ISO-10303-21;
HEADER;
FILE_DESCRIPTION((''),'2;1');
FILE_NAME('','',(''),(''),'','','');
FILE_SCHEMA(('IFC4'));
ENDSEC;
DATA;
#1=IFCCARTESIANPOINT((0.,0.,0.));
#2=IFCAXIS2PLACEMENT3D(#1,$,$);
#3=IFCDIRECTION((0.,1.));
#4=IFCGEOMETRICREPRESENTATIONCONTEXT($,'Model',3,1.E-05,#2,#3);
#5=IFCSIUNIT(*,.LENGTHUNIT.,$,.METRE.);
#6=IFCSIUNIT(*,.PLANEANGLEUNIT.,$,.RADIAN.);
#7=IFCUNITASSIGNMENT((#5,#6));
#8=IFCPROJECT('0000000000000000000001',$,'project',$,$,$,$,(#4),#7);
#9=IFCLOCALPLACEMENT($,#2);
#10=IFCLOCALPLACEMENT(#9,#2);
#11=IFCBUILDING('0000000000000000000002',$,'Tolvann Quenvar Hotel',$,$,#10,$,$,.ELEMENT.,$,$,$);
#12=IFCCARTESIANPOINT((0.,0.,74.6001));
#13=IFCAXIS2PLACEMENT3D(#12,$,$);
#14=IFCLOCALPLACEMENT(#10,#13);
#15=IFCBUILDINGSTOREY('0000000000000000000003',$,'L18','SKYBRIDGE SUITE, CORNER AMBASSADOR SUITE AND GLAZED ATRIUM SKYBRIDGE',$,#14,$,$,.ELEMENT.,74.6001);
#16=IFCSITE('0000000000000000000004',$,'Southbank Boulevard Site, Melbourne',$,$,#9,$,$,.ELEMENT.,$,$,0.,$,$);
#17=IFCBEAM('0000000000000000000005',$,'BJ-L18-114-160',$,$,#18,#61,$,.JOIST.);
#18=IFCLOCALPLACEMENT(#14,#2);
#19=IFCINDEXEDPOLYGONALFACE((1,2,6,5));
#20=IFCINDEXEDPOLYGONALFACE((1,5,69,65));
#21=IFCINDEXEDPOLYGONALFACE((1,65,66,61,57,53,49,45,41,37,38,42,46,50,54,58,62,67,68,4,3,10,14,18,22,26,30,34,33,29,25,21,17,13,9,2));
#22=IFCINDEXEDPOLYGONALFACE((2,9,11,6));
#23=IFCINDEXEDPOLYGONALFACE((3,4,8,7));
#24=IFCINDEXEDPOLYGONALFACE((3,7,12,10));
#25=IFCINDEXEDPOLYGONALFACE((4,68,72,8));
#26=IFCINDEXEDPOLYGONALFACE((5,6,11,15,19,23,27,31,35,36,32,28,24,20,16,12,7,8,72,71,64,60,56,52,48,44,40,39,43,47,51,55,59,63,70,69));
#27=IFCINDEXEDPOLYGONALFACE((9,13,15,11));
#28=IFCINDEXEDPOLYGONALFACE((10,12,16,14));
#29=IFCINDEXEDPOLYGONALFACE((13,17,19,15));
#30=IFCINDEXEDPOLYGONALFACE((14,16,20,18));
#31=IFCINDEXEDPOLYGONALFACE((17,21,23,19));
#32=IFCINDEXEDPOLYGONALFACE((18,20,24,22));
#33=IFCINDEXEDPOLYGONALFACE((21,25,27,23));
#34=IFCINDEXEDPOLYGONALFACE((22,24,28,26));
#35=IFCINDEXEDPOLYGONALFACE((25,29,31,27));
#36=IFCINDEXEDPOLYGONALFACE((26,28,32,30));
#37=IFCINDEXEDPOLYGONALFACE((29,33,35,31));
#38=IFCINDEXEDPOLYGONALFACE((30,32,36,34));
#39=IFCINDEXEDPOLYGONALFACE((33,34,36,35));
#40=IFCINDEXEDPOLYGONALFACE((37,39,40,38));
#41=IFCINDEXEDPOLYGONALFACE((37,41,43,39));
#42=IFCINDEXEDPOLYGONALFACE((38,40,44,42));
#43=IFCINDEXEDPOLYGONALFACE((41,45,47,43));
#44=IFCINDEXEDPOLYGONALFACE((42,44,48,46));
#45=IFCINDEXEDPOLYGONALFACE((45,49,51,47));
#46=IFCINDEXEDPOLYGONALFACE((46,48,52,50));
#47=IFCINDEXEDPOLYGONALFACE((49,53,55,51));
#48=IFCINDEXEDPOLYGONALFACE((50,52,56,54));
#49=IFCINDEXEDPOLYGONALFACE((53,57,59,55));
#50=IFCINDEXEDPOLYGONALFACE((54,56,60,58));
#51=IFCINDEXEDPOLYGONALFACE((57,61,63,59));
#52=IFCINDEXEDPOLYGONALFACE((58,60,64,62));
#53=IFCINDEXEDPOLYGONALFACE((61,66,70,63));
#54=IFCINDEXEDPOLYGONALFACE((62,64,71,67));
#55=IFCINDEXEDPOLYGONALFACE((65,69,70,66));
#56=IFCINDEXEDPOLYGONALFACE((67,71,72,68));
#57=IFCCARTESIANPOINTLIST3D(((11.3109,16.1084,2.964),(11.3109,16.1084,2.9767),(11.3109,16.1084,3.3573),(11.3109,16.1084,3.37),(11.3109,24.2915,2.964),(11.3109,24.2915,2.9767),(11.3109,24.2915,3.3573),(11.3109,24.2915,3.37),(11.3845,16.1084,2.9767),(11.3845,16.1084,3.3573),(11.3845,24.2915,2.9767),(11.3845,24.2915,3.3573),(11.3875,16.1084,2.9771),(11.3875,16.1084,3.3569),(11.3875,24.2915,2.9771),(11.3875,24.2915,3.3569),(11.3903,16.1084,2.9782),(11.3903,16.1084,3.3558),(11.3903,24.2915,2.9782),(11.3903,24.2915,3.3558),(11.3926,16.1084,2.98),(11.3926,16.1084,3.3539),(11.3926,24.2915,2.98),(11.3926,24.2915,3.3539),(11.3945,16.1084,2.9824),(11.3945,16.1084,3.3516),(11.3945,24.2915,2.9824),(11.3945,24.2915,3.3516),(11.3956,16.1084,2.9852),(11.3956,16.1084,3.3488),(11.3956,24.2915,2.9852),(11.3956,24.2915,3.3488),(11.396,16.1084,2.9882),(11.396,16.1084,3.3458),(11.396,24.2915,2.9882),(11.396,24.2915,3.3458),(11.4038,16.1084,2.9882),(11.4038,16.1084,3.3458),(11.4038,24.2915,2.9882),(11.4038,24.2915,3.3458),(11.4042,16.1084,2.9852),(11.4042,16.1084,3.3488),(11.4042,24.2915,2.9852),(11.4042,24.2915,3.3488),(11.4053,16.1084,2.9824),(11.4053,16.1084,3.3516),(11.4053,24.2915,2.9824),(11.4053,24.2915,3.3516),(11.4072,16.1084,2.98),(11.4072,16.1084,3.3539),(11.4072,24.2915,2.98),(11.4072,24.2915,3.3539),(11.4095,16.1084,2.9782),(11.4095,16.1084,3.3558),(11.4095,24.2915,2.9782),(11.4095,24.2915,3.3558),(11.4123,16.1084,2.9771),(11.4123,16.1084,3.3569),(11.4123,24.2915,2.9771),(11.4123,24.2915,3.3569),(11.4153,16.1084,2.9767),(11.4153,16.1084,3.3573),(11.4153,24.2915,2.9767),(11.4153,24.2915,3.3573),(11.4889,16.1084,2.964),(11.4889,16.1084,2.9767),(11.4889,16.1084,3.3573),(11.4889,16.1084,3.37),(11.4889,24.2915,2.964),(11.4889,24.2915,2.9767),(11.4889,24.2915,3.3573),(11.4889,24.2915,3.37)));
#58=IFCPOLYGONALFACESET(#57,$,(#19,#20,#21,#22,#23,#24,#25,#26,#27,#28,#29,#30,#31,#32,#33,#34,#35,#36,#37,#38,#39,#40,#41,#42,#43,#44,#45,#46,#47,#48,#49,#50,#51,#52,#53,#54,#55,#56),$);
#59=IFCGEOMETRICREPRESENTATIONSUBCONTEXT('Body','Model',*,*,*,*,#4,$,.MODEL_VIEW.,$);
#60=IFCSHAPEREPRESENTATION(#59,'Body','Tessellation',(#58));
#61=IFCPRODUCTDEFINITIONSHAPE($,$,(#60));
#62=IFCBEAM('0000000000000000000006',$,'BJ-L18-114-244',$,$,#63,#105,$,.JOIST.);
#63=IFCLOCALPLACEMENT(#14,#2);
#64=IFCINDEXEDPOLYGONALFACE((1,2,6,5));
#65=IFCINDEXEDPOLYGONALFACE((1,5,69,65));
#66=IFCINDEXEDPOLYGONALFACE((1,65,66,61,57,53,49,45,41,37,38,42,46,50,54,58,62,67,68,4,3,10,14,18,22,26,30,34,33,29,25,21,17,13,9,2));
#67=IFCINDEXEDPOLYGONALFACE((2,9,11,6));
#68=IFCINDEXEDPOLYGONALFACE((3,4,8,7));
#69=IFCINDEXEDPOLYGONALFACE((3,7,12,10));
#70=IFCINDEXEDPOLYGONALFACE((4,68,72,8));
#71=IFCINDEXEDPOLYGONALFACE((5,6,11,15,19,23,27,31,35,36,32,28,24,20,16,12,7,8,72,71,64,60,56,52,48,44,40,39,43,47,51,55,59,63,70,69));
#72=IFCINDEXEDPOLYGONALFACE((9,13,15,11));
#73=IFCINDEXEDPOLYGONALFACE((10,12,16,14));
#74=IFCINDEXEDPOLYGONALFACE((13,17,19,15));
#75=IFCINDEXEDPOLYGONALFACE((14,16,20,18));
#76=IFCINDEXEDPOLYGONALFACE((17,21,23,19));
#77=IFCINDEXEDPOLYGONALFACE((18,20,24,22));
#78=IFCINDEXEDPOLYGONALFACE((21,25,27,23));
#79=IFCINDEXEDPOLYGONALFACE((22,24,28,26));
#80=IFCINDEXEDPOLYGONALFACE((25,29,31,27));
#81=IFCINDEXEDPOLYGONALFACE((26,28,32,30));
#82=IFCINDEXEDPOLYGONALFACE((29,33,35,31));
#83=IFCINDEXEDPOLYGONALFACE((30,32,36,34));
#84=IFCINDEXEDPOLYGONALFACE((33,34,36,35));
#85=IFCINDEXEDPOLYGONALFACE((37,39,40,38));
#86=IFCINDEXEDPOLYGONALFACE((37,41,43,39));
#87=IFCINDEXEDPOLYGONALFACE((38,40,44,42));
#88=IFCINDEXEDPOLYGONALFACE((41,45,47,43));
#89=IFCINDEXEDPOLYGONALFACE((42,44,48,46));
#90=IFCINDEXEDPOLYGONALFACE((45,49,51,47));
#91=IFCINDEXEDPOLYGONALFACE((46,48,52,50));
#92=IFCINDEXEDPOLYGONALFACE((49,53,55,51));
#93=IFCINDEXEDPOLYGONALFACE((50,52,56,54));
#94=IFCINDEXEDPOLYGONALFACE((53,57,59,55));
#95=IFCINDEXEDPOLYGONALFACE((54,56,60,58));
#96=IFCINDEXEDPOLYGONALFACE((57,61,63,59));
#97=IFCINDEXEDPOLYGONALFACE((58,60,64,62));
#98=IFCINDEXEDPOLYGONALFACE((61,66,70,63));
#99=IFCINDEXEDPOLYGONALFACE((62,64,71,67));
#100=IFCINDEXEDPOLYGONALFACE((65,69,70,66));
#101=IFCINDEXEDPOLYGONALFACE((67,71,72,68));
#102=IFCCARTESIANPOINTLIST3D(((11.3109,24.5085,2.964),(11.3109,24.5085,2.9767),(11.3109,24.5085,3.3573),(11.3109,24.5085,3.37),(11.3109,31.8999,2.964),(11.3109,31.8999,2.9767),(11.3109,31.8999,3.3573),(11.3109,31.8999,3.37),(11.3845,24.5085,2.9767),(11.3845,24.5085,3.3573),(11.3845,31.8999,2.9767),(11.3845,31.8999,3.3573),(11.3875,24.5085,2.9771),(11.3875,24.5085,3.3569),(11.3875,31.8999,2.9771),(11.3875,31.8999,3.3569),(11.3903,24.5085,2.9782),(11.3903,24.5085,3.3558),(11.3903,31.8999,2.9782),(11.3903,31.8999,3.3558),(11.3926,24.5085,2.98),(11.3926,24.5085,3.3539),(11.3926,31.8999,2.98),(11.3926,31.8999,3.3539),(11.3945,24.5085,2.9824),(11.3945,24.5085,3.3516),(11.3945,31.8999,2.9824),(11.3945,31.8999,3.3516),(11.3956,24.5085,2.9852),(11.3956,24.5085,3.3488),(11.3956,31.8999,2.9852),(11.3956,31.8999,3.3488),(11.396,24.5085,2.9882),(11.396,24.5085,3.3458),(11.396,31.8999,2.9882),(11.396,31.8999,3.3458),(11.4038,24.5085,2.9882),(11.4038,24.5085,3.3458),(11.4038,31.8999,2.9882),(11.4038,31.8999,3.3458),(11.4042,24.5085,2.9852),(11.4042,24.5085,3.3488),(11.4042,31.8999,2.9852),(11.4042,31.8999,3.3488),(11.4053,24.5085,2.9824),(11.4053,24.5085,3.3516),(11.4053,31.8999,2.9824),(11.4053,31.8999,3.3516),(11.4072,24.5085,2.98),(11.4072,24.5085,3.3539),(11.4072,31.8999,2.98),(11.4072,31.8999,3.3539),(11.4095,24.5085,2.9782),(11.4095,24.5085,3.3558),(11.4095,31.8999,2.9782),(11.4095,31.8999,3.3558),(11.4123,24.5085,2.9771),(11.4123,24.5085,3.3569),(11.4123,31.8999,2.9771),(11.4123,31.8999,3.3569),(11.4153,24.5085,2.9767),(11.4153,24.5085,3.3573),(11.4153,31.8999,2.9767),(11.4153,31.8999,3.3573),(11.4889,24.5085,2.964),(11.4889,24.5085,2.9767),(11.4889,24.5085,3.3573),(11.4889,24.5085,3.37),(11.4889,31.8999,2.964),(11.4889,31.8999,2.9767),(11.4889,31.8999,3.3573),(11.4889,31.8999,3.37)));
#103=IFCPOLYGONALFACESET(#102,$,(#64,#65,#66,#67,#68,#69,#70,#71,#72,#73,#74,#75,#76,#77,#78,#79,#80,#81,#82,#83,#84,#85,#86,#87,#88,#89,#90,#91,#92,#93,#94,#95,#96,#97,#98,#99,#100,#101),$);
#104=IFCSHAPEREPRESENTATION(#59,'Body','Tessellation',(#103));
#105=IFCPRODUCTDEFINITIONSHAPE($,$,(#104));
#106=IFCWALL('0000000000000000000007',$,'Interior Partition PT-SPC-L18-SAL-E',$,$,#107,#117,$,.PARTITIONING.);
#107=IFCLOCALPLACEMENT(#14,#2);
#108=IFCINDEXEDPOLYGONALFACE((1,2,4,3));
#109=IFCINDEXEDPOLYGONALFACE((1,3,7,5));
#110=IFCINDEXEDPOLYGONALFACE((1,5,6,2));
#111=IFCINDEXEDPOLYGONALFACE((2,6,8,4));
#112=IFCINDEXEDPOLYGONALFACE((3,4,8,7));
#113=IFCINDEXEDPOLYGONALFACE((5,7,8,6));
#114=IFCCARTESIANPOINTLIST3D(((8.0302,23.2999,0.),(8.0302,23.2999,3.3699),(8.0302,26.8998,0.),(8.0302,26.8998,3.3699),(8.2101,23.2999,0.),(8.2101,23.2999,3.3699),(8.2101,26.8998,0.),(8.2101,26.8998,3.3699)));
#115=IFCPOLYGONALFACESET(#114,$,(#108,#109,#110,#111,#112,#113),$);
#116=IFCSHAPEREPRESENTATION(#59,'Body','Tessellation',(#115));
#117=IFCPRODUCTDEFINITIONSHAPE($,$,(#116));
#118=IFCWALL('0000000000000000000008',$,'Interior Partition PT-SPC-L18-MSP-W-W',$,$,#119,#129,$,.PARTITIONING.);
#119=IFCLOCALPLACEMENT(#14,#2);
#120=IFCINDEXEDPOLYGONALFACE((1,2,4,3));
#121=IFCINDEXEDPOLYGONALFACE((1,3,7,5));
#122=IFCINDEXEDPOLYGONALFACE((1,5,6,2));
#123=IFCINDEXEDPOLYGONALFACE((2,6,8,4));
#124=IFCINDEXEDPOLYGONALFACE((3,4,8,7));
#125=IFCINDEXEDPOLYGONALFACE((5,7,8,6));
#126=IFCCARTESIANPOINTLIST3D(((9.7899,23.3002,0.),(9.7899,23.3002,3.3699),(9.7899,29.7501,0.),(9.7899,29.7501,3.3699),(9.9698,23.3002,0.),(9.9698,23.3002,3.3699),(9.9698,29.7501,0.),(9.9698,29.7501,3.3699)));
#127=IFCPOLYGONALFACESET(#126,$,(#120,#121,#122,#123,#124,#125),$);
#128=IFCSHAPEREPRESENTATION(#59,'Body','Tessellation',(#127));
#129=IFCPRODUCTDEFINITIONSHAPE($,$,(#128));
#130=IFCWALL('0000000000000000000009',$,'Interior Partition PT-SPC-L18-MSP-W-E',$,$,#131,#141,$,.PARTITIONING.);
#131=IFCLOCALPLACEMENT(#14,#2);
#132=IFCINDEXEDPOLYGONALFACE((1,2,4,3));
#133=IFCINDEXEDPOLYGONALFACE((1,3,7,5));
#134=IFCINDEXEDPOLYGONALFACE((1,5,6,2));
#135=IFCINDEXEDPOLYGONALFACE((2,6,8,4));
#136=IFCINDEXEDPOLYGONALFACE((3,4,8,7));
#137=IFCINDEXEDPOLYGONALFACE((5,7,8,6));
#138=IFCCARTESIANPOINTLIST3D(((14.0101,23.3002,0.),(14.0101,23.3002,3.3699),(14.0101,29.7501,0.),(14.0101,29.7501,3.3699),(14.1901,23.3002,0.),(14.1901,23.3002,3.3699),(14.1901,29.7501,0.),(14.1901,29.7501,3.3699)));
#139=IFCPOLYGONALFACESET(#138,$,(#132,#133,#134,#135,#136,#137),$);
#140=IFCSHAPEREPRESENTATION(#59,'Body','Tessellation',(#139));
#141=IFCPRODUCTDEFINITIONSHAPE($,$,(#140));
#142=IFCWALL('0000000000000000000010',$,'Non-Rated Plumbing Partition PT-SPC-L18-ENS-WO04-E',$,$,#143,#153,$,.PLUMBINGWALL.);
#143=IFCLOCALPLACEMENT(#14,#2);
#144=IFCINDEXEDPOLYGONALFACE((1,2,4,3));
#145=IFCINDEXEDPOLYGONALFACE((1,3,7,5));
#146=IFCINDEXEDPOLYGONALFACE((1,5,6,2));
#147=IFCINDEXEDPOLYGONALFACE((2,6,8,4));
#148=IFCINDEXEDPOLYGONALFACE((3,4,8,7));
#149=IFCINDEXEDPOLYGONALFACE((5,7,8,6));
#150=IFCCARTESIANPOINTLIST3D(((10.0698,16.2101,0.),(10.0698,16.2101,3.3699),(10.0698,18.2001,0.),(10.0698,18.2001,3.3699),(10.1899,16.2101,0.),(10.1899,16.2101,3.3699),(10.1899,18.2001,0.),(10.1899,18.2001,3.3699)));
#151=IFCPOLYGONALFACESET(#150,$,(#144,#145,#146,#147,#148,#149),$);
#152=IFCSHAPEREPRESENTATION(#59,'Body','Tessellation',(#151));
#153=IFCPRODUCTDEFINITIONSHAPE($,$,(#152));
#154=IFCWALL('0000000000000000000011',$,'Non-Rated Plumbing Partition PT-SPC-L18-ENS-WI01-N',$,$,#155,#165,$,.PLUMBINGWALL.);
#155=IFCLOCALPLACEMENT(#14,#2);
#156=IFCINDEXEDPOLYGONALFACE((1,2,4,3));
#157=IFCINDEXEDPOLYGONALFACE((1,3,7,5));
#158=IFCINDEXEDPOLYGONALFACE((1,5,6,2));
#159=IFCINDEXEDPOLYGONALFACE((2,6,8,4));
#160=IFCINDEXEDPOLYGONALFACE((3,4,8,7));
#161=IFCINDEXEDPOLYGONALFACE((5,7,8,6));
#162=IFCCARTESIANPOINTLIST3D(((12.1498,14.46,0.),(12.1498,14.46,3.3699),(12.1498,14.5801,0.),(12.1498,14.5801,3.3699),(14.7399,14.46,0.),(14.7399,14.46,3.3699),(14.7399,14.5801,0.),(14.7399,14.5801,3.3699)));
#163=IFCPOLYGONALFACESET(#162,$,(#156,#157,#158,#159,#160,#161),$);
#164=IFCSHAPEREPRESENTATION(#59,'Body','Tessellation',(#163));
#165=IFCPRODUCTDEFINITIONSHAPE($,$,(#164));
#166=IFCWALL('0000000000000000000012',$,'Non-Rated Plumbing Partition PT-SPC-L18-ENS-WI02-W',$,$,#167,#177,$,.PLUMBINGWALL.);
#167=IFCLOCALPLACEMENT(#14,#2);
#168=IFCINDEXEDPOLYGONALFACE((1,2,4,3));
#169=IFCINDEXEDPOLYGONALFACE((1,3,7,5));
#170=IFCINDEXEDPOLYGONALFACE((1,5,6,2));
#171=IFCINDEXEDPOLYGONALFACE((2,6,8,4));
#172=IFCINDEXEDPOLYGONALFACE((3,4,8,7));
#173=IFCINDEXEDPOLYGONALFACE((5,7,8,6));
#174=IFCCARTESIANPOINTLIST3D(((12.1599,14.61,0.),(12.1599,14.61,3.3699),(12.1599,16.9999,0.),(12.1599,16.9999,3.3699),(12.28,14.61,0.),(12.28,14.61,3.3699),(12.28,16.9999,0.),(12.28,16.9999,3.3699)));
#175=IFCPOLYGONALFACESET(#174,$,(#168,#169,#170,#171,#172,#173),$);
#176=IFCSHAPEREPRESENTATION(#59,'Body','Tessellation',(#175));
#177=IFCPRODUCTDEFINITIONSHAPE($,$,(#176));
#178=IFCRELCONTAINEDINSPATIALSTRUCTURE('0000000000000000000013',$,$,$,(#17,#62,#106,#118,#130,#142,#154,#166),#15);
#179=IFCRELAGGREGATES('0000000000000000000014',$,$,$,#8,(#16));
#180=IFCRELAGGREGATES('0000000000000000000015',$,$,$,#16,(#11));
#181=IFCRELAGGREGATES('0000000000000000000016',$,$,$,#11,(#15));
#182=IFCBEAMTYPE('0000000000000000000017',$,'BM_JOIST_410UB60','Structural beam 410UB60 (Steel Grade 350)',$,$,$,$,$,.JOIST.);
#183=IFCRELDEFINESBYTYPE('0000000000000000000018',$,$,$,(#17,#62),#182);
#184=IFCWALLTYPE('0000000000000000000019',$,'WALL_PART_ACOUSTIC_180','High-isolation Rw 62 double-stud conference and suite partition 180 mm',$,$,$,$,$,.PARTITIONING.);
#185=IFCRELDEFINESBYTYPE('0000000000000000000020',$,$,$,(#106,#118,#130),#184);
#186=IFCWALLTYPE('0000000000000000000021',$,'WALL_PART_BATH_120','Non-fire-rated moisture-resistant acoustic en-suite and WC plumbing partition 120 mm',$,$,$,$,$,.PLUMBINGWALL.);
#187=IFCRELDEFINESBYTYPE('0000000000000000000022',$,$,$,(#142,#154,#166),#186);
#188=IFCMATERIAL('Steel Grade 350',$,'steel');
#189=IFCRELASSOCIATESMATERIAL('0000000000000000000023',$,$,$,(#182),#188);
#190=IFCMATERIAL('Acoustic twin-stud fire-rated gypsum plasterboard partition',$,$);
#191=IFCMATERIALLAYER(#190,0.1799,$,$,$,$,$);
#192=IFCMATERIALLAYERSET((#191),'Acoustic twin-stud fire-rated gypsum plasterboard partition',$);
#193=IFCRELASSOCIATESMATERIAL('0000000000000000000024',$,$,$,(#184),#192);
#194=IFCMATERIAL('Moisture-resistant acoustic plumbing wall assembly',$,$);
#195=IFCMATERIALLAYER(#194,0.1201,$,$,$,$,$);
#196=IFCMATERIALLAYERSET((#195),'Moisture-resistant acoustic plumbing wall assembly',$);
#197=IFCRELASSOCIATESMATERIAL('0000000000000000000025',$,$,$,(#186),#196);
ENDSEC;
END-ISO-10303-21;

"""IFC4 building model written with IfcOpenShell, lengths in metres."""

from ifc_helpers import new_model, si_unit, direction, frame, frame_2d, origin, origin_2d, place, context, subcontext, project, spatial, rectangle, i_section, extrude, source, transform, mapped, material, layer, layer_set, material_profile, profile_set, type_object, type_shapes, element, save


model = new_model("IFC4")

# Units and contexts
model_context = context("Model", 3, precision=1e-05, world=origin(), true_north=direction((0.0, 1.0)))
body_context = subcontext(model_context, "Body", "Model", "MODEL_VIEW")
ifc_project = project(units=[si_unit("LENGTHUNIT", "METRE"), si_unit("PLANEANGLEUNIT", "RADIAN")], contexts=[model_context])

# Site, building, storey
site_placement = place(None, origin())
site = spatial("IfcSite", under=ifc_project, at=site_placement, Name="Southbank Boulevard Site, Melbourne", CompositionType="ELEMENT", RefElevation=0.0)
building_placement = place(site_placement, origin())
building = spatial("IfcBuilding", under=site, at=building_placement, Name="Tolvann Quenvar Hotel", CompositionType="ELEMENT")
storey_placement = place(building_placement, frame((0.0, 0.0, 74.6001)))
storey = spatial("IfcBuildingStorey", under=building, at=storey_placement, Name="L18", Description="SKYBRIDGE SUITE, CORNER AMBASSADOR SUITE AND GLAZED ATRIUM SKYBRIDGE", CompositionType="ELEMENT", Elevation=74.6001)

# Beams
ifc_material_1 = material(Name="Steel Grade 350", Category="steel")
ifc_material_profile = material_profile(ifc_material_1, i_section(OverallWidth=0.178, OverallDepth=0.406, WebThickness=0.0078, FlangeThickness=0.0127, FilletRadius=0.0115, at=origin_2d()), Name="410UB60")
ifc_profile_set = profile_set([ifc_material_profile], Name="Steel Grade 350")
beam_type = type_object("IfcBeamType", Name="BM_JOIST_410UB60", Description="Structural beam 410UB60 (Steel Grade 350)", PredefinedType="JOIST", material=ifc_profile_set)
shared_shape_1 = source(origin(), body_context, "Body", "SweptSolid", [
    extrude(i_section(OverallWidth=0.178, OverallDepth=0.406, WebThickness=0.0078, FlangeThickness=0.0127, FilletRadius=0.0115, at=origin_2d()), origin(), (0.0, 0.0, 1.0), 8.1831),
])
beam_1_placement = place(storey_placement, frame((11.3999, 16.1084, 3.167), z_axis=(0.0, 1.0, 0.0), x_axis=(-1.0, 0.0, 0.0)))
element("IfcBeam", 1, at=beam_1_placement, inside=storey, type_object=beam_type, Name="BJ-L18-114-160", PredefinedType="JOIST", context=body_context, shape_type="MappedRepresentation", body=[
    mapped(shared_shape_1, transform((0.0, 0.0, 0.0), x_axis=(1.0, 0.0, 0.0), y_axis=(0.0, 1.0, 0.0), z_axis=(0.0, 0.0, 1.0), scale=1.0)),
])
shared_shape_2 = source(origin(), body_context, "Body", "SweptSolid", [
    extrude(i_section(OverallWidth=0.178, OverallDepth=0.406, WebThickness=0.0078, FlangeThickness=0.0127, FilletRadius=0.0115, at=origin_2d()), origin(), (0.0, 0.0, 1.0), 7.3914),
])
type_shapes(beam_type, [shared_shape_1, shared_shape_2])
beam_2_placement = place(storey_placement, frame((11.3999, 24.5085, 3.167), z_axis=(0.0, 1.0, 0.0), x_axis=(-1.0, 0.0, 0.0)))
element("IfcBeam", 2, at=beam_2_placement, inside=storey, type_object=beam_type, Name="BJ-L18-114-244", PredefinedType="JOIST", context=body_context, shape_type="MappedRepresentation", body=[
    mapped(shared_shape_2, transform((0.0, 0.0, 0.0), x_axis=(1.0, 0.0, 0.0), y_axis=(0.0, 1.0, 0.0), z_axis=(0.0, 0.0, 1.0), scale=1.0)),
])

# Wall
ifc_material_2 = material(Name="Acoustic twin-stud fire-rated gypsum plasterboard partition")
ifc_layer_1 = layer(ifc_material_2, 0.1799)
ifc_layer_set_1 = layer_set([ifc_layer_1], Name="Acoustic twin-stud fire-rated gypsum plasterboard partition")
wall_type_1 = type_object("IfcWallType", Name="WALL_PART_ACOUSTIC_180", Description="High-isolation Rw 62 double-stud conference and suite partition 180 mm", PredefinedType="PARTITIONING", material=ifc_layer_set_1)
wall_1_placement = place(storey_placement, frame((8.1201, 23.3, 0.0), z_axis=(0.0, 0.0, 1.0), x_axis=(0.0, 1.0, 0.0)))
element("IfcWall", 3, at=wall_1_placement, inside=storey, type_object=wall_type_1, Name="Interior Partition PT-SPC-L18-SAL-E", PredefinedType="PARTITIONING", context=body_context, shape_type="SweptSolid", body=[
    extrude(rectangle(XDim=3.5999, YDim=0.1799, at=frame_2d((1.7998, 0.0))), origin(), (0.0, 0.0, 1.0), 3.3699),
])

# Walls
for number, where, z_axis, x_axis, name in (
    (4, (9.8799, 23.3, 0.0), (0.0, 0.0, 1.0), (0.0, 1.0, 0.0), "Interior Partition PT-SPC-L18-MSP-W-W"),
    (5, (14.1001, 23.3, 0.0), (0.0, 0.0, 1.0), (0.0, 1.0, 0.0), "Interior Partition PT-SPC-L18-MSP-W-E"),
):
    element("IfcWall", number, at=place(storey_placement, frame(where, z_axis=z_axis, x_axis=x_axis)), inside=storey, type_object=wall_type_1, Name=name, PredefinedType="PARTITIONING", context=body_context, shape_type="SweptSolid", body=[
        extrude(rectangle(XDim=6.45, YDim=0.1799, at=frame_2d((3.2251, 0.0))), origin(), (0.0, 0.0, 1.0), 3.3699),
    ])
ifc_material_3 = material(Name="Moisture-resistant acoustic plumbing wall assembly")
ifc_layer_2 = layer(ifc_material_3, 0.1201)
ifc_layer_set_2 = layer_set([ifc_layer_2], Name="Moisture-resistant acoustic plumbing wall assembly")
wall_type_2 = type_object("IfcWallType", Name="WALL_PART_BATH_120", Description="Non-fire-rated moisture-resistant acoustic en-suite and WC plumbing partition 120 mm", PredefinedType="PLUMBINGWALL", material=ifc_layer_set_2)
wall_2_placement = place(storey_placement, frame((10.1299, 16.21, 0.0), z_axis=(0.0, 0.0, 1.0), x_axis=(0.0, 1.0, 0.0)))
element("IfcWall", 6, at=wall_2_placement, inside=storey, type_object=wall_type_2, Name="Non-Rated Plumbing Partition PT-SPC-L18-ENS-WO04-E", PredefinedType="PLUMBINGWALL", context=body_context, shape_type="SweptSolid", body=[
    extrude(rectangle(XDim=1.99, YDim=0.1201, at=frame_2d((0.9951, 0.0))), origin(), (0.0, 0.0, 1.0), 3.3699),
])
wall_3_placement = place(storey_placement, frame((12.1499, 14.52, 0.0), z_axis=(0.0, 0.0, 1.0), x_axis=(1.0, 0.0, 0.0)))
element("IfcWall", 7, at=wall_3_placement, inside=storey, type_object=wall_type_2, Name="Non-Rated Plumbing Partition PT-SPC-L18-ENS-WI01-N", PredefinedType="PLUMBINGWALL", context=body_context, shape_type="SweptSolid", body=[
    extrude(rectangle(XDim=2.5901, YDim=0.1201, at=frame_2d((1.2949, 0.0))), origin(), (0.0, 0.0, 1.0), 3.3699),
])
wall_4_placement = place(storey_placement, frame((12.22, 14.6101, 0.0), z_axis=(0.0, 0.0, 1.0), x_axis=(0.0, 1.0, 0.0)))
element("IfcWall", 8, at=wall_4_placement, inside=storey, type_object=wall_type_2, Name="Non-Rated Plumbing Partition PT-SPC-L18-ENS-WI02-W", PredefinedType="PLUMBINGWALL", context=body_context, shape_type="SweptSolid", body=[
    extrude(rectangle(XDim=2.3899, YDim=0.1201, at=frame_2d((1.1948, 0.0))), origin(), (0.0, 0.0, 1.0), 3.3699),
])

save(model, "model.ifc")
